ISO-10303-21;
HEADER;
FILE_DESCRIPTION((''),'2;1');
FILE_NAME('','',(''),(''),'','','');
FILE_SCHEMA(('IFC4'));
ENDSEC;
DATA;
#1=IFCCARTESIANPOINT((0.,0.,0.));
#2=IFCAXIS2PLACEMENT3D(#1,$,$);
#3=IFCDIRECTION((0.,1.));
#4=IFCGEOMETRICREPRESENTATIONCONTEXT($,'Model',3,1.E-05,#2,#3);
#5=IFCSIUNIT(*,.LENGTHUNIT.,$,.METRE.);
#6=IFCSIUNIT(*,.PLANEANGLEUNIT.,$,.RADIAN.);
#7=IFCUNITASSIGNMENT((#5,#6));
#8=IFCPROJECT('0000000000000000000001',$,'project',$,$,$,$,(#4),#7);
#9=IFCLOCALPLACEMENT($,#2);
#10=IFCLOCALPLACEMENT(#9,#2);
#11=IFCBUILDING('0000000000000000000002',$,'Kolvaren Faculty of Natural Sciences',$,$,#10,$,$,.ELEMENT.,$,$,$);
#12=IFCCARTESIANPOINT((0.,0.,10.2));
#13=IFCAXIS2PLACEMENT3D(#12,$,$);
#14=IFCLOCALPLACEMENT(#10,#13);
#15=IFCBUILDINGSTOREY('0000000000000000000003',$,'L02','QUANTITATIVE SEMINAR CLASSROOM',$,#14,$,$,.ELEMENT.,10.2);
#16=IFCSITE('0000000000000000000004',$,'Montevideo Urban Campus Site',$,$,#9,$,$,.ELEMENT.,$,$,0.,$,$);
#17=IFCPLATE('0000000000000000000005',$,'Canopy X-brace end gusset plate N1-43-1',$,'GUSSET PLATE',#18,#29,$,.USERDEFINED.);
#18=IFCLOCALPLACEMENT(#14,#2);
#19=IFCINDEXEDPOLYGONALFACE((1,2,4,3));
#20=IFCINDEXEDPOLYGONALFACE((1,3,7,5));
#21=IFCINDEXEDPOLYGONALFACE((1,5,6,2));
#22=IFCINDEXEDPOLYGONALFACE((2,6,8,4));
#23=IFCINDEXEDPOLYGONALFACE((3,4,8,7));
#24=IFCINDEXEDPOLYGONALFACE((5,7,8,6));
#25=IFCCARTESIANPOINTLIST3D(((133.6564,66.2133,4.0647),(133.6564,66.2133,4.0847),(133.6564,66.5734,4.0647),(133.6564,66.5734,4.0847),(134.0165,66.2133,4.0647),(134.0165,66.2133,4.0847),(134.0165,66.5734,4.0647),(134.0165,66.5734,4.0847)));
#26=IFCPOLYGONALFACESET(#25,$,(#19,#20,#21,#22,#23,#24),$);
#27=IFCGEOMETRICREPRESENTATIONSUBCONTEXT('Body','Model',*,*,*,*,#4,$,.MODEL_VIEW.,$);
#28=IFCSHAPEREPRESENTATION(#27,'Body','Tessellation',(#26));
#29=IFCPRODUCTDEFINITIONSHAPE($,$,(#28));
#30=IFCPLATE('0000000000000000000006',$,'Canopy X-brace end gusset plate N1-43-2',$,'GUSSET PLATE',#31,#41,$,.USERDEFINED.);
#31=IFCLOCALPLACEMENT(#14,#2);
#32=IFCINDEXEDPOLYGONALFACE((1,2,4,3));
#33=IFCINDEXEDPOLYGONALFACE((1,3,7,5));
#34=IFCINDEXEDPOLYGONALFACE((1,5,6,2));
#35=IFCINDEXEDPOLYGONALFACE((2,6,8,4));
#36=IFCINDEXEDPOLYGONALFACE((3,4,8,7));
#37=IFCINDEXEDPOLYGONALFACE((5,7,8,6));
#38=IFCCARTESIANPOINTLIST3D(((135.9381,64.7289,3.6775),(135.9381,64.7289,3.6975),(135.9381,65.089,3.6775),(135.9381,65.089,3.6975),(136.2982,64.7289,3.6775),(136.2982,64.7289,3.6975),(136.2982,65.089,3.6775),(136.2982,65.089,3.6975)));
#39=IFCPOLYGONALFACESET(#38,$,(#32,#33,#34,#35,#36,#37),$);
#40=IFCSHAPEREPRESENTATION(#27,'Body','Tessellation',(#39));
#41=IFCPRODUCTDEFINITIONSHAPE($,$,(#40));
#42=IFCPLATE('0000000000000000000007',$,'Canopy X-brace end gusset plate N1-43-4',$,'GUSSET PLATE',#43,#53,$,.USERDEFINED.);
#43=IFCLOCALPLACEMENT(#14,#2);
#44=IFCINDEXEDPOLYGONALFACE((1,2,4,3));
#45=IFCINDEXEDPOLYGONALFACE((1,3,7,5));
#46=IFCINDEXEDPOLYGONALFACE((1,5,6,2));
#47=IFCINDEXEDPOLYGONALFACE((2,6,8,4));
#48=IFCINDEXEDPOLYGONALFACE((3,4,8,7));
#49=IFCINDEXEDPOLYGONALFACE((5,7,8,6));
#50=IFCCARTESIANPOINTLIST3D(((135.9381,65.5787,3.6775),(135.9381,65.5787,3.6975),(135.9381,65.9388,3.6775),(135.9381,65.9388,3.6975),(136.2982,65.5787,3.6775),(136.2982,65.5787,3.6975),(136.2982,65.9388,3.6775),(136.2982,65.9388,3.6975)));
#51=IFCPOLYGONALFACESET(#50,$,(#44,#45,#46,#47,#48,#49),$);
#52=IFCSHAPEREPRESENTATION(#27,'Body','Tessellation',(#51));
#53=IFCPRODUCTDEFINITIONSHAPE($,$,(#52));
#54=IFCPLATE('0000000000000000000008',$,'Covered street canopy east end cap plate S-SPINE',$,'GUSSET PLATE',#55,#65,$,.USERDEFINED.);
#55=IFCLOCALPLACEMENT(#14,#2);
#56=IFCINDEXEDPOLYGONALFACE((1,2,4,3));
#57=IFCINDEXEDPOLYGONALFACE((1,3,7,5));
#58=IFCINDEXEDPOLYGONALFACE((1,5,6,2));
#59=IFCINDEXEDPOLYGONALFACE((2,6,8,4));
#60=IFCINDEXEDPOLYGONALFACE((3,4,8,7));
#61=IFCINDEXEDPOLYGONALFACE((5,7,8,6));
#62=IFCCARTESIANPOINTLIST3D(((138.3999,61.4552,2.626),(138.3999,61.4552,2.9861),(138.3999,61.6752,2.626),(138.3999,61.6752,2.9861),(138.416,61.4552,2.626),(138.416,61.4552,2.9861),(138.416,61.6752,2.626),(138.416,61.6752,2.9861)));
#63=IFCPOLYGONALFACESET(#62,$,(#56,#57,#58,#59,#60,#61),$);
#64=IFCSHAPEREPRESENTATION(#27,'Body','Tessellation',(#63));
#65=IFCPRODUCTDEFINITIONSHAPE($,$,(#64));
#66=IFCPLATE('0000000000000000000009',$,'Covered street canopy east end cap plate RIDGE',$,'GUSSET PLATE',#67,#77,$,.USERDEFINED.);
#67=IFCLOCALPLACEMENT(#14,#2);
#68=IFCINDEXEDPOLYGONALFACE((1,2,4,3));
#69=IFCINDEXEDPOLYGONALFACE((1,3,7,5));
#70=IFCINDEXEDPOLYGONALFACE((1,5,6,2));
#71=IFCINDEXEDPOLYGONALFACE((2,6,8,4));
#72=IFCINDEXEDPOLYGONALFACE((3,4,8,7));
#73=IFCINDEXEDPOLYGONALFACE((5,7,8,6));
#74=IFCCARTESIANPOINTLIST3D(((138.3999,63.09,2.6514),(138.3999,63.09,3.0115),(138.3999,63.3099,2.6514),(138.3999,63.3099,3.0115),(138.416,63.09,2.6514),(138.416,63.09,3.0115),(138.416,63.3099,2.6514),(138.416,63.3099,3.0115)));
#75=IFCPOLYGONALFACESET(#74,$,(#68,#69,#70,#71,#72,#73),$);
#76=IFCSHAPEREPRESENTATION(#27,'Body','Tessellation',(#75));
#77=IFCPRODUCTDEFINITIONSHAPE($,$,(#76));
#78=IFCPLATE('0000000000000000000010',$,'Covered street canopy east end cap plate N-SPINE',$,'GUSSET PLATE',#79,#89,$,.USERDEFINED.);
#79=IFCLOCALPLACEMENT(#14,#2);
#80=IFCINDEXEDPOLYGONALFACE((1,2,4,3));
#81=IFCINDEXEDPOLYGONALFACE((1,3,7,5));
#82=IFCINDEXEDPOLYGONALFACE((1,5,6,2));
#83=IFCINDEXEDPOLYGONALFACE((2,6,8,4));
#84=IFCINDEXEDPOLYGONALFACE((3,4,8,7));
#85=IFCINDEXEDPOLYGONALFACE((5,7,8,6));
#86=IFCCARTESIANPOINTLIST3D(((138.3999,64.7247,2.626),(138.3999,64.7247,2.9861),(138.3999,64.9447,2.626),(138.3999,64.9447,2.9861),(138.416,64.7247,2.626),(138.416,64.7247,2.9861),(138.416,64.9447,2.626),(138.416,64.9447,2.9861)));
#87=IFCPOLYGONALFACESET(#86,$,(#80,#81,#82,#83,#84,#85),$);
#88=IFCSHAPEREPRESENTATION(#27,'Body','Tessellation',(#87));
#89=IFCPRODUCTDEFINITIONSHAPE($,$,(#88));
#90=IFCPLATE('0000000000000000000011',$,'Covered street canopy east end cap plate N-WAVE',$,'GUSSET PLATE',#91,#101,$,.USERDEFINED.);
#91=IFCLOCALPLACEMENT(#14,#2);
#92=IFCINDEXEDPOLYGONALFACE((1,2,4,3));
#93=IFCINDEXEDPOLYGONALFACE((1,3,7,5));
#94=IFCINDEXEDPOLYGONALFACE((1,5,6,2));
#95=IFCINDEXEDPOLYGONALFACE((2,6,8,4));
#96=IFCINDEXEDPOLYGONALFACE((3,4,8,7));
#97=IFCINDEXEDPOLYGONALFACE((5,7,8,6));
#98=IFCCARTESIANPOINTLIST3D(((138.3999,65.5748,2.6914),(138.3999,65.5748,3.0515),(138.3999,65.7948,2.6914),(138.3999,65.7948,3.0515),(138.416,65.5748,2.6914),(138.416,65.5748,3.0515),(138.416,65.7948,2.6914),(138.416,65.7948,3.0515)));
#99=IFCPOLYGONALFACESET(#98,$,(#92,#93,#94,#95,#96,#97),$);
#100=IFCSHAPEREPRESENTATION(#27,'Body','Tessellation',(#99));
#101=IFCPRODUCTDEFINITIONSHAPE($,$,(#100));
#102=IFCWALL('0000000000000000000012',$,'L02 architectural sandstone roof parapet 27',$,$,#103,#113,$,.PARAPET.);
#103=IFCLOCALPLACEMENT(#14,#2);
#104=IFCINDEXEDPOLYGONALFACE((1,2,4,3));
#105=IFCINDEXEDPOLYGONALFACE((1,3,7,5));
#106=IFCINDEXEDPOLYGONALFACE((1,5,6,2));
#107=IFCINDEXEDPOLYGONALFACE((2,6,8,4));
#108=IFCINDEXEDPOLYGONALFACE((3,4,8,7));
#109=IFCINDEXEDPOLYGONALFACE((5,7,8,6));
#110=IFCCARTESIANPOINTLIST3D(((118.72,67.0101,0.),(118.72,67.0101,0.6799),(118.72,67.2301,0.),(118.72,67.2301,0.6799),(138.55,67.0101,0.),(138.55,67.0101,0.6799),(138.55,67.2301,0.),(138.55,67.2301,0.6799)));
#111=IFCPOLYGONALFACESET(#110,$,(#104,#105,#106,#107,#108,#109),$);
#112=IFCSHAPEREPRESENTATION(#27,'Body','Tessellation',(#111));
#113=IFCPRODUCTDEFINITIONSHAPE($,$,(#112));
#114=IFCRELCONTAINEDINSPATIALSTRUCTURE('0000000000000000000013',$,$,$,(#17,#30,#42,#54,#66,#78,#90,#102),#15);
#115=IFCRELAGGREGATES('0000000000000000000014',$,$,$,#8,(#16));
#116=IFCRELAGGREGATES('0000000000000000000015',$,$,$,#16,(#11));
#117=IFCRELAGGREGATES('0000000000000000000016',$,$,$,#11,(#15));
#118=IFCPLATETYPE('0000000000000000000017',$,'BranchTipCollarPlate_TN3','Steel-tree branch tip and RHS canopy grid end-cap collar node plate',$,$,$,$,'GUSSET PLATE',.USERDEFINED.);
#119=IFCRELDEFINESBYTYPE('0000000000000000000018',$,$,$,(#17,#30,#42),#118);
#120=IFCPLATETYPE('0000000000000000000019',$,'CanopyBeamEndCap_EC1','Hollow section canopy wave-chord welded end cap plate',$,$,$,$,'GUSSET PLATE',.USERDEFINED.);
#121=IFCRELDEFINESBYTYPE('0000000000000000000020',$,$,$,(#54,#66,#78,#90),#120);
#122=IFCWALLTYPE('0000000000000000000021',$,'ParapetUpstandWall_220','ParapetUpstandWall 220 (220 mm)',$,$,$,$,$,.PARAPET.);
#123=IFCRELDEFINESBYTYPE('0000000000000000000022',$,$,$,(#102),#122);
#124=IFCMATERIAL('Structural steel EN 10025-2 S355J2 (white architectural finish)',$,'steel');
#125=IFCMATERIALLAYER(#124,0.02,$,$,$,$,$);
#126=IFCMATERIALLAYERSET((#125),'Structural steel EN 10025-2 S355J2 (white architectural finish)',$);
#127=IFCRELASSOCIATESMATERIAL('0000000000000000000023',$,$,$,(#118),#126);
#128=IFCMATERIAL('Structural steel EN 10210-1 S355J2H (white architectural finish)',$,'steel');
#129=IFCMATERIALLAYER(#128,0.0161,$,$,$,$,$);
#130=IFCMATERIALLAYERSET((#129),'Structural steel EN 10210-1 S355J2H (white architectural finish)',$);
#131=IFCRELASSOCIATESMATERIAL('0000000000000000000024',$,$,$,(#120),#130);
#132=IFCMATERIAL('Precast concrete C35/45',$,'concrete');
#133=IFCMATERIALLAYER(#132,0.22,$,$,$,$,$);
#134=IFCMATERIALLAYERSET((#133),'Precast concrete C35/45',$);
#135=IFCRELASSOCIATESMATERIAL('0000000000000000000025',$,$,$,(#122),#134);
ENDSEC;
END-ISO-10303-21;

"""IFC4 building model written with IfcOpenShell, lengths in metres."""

from ifc_helpers import new_model, si_unit, direction, frame, frame_2d, origin, origin_2d, place, context, subcontext, project, spatial, rectangle, extrude, material, layer, layer_set, type_object, element, save


model = new_model("IFC4")

# Units and contexts
model_context = context("Model", 3, precision=1e-05, world=origin(), true_north=direction((0.0, 1.0)))
body_context = subcontext(model_context, "Body", "Model", "MODEL_VIEW")
ifc_project = project(units=[si_unit("LENGTHUNIT", "METRE"), si_unit("PLANEANGLEUNIT", "RADIAN")], contexts=[model_context])

# Site, building, storey
site_placement = place(None, origin())
site = spatial("IfcSite", under=ifc_project, at=site_placement, Name="Montevideo Urban Campus Site", CompositionType="ELEMENT", RefElevation=0.0)
building_placement = place(site_placement, origin())
building = spatial("IfcBuilding", under=site, at=building_placement, Name="Kolvaren Faculty of Natural Sciences", CompositionType="ELEMENT")
storey_placement = place(building_placement, frame((0.0, 0.0, 10.2)))
storey = spatial("IfcBuildingStorey", under=building, at=storey_placement, Name="L02", Description="QUANTITATIVE SEMINAR CLASSROOM", CompositionType="ELEMENT", Elevation=10.2)

# Shared definitions
ifc_material_1 = material(Name="Structural steel EN 10210-1 S355J2H (white architectural finish)", Category="steel")

# Plates
ifc_material_2 = material(Name="Structural steel EN 10025-2 S355J2 (white architectural finish)", Category="steel")
ifc_layer_1 = layer(ifc_material_2, 0.02)
ifc_layer_set_1 = layer_set([ifc_layer_1], Name="Structural steel EN 10025-2 S355J2 (white architectural finish)")
plate_type_1 = type_object("IfcPlateType", Name="BranchTipCollarPlate_TN3", Description="Steel-tree branch tip and RHS canopy grid end-cap collar node plate", ElementType="GUSSET PLATE", PredefinedType="USERDEFINED", material=ifc_layer_set_1)
for number, where, z_axis, x_axis, name in (
    (1, (133.8364, 66.3933, 4.0647), (0.0, 0.0, 1.0), (1.0, 0.0, 0.0), "Canopy X-brace end gusset plate N1-43-1"),
    (2, (136.1182, 64.9089, 3.6775), (0.0, 0.0, 1.0), (1.0, 0.0, 0.0), "Canopy X-brace end gusset plate N1-43-2"),
    (3, (136.1182, 65.7588, 3.6775), (0.0, 0.0, 1.0), (1.0, 0.0, 0.0), "Canopy X-brace end gusset plate N1-43-4"),
):
    element("IfcPlate", number, at=place(storey_placement, frame(where, z_axis=z_axis, x_axis=x_axis)), inside=storey, type_object=plate_type_1, Name=name, ObjectType="GUSSET PLATE", PredefinedType="USERDEFINED", context=body_context, shape_type="SweptSolid", body=[
        extrude(rectangle(XDim=0.3601, YDim=0.3601, at=origin_2d()), origin(), (0.0, 0.0, 1.0), 0.02),
    ])
ifc_layer_2 = layer(ifc_material_1, 0.0161)
ifc_layer_set_2 = layer_set([ifc_layer_2], Name="Structural steel EN 10210-1 S355J2H (white architectural finish)")
plate_type_2 = type_object("IfcPlateType", Name="CanopyBeamEndCap_EC1", Description="Hollow section canopy wave-chord welded end cap plate", ElementType="GUSSET PLATE", PredefinedType="USERDEFINED", material=ifc_layer_set_2)
for number, where, z_axis, x_axis, name in (
    (4, (138.408, 61.5652, 2.626), (0.0, 0.0, 1.0), (1.0, 0.0, 0.0), "Covered street canopy east end cap plate S-SPINE"),
    (5, (138.408, 63.2, 2.6514), (0.0, 0.0, 1.0), (1.0, 0.0, 0.0), "Covered street canopy east end cap plate RIDGE"),
    (6, (138.408, 64.8347, 2.626), (0.0, 0.0, 1.0), (1.0, 0.0, 0.0), "Covered street canopy east end cap plate N-SPINE"),
    (7, (138.408, 65.6848, 2.6914), (0.0, 0.0, 1.0), (1.0, 0.0, 0.0), "Covered street canopy east end cap plate N-WAVE"),
):
    element("IfcPlate", number, at=place(storey_placement, frame(where, z_axis=z_axis, x_axis=x_axis)), inside=storey, type_object=plate_type_2, Name=name, ObjectType="GUSSET PLATE", PredefinedType="USERDEFINED", context=body_context, shape_type="SweptSolid", body=[
        extrude(rectangle(XDim=0.0161, YDim=0.22, at=origin_2d()), origin(), (0.0, 0.0, 1.0), 0.3601),
    ])

# Wall
ifc_material_3 = material(Name="Precast concrete C35/45", Category="concrete")
ifc_layer_3 = layer(ifc_material_3, 0.22)
ifc_layer_set_3 = layer_set([ifc_layer_3], Name="Precast concrete C35/45")
wall_type = type_object("IfcWallType", Name="ParapetUpstandWall_220", Description="ParapetUpstandWall 220 (220 mm)", PredefinedType="PARAPET", material=ifc_layer_set_3)
wall_placement = place(storey_placement, frame((138.55, 67.1201, 0.0), z_axis=(0.0, 0.0, 1.0), x_axis=(-1.0, 0.0, 0.0)))
element("IfcWall", 8, at=wall_placement, inside=storey, type_object=wall_type, Name="L02 architectural sandstone roof parapet 27", PredefinedType="PARAPET", context=body_context, shape_type="SweptSolid", body=[
    extrude(rectangle(XDim=19.8301, YDim=0.22, at=frame_2d((9.915, 0.0))), origin(), (0.0, 0.0, 1.0), 0.6799),
])

save(model, "model.ifc")
